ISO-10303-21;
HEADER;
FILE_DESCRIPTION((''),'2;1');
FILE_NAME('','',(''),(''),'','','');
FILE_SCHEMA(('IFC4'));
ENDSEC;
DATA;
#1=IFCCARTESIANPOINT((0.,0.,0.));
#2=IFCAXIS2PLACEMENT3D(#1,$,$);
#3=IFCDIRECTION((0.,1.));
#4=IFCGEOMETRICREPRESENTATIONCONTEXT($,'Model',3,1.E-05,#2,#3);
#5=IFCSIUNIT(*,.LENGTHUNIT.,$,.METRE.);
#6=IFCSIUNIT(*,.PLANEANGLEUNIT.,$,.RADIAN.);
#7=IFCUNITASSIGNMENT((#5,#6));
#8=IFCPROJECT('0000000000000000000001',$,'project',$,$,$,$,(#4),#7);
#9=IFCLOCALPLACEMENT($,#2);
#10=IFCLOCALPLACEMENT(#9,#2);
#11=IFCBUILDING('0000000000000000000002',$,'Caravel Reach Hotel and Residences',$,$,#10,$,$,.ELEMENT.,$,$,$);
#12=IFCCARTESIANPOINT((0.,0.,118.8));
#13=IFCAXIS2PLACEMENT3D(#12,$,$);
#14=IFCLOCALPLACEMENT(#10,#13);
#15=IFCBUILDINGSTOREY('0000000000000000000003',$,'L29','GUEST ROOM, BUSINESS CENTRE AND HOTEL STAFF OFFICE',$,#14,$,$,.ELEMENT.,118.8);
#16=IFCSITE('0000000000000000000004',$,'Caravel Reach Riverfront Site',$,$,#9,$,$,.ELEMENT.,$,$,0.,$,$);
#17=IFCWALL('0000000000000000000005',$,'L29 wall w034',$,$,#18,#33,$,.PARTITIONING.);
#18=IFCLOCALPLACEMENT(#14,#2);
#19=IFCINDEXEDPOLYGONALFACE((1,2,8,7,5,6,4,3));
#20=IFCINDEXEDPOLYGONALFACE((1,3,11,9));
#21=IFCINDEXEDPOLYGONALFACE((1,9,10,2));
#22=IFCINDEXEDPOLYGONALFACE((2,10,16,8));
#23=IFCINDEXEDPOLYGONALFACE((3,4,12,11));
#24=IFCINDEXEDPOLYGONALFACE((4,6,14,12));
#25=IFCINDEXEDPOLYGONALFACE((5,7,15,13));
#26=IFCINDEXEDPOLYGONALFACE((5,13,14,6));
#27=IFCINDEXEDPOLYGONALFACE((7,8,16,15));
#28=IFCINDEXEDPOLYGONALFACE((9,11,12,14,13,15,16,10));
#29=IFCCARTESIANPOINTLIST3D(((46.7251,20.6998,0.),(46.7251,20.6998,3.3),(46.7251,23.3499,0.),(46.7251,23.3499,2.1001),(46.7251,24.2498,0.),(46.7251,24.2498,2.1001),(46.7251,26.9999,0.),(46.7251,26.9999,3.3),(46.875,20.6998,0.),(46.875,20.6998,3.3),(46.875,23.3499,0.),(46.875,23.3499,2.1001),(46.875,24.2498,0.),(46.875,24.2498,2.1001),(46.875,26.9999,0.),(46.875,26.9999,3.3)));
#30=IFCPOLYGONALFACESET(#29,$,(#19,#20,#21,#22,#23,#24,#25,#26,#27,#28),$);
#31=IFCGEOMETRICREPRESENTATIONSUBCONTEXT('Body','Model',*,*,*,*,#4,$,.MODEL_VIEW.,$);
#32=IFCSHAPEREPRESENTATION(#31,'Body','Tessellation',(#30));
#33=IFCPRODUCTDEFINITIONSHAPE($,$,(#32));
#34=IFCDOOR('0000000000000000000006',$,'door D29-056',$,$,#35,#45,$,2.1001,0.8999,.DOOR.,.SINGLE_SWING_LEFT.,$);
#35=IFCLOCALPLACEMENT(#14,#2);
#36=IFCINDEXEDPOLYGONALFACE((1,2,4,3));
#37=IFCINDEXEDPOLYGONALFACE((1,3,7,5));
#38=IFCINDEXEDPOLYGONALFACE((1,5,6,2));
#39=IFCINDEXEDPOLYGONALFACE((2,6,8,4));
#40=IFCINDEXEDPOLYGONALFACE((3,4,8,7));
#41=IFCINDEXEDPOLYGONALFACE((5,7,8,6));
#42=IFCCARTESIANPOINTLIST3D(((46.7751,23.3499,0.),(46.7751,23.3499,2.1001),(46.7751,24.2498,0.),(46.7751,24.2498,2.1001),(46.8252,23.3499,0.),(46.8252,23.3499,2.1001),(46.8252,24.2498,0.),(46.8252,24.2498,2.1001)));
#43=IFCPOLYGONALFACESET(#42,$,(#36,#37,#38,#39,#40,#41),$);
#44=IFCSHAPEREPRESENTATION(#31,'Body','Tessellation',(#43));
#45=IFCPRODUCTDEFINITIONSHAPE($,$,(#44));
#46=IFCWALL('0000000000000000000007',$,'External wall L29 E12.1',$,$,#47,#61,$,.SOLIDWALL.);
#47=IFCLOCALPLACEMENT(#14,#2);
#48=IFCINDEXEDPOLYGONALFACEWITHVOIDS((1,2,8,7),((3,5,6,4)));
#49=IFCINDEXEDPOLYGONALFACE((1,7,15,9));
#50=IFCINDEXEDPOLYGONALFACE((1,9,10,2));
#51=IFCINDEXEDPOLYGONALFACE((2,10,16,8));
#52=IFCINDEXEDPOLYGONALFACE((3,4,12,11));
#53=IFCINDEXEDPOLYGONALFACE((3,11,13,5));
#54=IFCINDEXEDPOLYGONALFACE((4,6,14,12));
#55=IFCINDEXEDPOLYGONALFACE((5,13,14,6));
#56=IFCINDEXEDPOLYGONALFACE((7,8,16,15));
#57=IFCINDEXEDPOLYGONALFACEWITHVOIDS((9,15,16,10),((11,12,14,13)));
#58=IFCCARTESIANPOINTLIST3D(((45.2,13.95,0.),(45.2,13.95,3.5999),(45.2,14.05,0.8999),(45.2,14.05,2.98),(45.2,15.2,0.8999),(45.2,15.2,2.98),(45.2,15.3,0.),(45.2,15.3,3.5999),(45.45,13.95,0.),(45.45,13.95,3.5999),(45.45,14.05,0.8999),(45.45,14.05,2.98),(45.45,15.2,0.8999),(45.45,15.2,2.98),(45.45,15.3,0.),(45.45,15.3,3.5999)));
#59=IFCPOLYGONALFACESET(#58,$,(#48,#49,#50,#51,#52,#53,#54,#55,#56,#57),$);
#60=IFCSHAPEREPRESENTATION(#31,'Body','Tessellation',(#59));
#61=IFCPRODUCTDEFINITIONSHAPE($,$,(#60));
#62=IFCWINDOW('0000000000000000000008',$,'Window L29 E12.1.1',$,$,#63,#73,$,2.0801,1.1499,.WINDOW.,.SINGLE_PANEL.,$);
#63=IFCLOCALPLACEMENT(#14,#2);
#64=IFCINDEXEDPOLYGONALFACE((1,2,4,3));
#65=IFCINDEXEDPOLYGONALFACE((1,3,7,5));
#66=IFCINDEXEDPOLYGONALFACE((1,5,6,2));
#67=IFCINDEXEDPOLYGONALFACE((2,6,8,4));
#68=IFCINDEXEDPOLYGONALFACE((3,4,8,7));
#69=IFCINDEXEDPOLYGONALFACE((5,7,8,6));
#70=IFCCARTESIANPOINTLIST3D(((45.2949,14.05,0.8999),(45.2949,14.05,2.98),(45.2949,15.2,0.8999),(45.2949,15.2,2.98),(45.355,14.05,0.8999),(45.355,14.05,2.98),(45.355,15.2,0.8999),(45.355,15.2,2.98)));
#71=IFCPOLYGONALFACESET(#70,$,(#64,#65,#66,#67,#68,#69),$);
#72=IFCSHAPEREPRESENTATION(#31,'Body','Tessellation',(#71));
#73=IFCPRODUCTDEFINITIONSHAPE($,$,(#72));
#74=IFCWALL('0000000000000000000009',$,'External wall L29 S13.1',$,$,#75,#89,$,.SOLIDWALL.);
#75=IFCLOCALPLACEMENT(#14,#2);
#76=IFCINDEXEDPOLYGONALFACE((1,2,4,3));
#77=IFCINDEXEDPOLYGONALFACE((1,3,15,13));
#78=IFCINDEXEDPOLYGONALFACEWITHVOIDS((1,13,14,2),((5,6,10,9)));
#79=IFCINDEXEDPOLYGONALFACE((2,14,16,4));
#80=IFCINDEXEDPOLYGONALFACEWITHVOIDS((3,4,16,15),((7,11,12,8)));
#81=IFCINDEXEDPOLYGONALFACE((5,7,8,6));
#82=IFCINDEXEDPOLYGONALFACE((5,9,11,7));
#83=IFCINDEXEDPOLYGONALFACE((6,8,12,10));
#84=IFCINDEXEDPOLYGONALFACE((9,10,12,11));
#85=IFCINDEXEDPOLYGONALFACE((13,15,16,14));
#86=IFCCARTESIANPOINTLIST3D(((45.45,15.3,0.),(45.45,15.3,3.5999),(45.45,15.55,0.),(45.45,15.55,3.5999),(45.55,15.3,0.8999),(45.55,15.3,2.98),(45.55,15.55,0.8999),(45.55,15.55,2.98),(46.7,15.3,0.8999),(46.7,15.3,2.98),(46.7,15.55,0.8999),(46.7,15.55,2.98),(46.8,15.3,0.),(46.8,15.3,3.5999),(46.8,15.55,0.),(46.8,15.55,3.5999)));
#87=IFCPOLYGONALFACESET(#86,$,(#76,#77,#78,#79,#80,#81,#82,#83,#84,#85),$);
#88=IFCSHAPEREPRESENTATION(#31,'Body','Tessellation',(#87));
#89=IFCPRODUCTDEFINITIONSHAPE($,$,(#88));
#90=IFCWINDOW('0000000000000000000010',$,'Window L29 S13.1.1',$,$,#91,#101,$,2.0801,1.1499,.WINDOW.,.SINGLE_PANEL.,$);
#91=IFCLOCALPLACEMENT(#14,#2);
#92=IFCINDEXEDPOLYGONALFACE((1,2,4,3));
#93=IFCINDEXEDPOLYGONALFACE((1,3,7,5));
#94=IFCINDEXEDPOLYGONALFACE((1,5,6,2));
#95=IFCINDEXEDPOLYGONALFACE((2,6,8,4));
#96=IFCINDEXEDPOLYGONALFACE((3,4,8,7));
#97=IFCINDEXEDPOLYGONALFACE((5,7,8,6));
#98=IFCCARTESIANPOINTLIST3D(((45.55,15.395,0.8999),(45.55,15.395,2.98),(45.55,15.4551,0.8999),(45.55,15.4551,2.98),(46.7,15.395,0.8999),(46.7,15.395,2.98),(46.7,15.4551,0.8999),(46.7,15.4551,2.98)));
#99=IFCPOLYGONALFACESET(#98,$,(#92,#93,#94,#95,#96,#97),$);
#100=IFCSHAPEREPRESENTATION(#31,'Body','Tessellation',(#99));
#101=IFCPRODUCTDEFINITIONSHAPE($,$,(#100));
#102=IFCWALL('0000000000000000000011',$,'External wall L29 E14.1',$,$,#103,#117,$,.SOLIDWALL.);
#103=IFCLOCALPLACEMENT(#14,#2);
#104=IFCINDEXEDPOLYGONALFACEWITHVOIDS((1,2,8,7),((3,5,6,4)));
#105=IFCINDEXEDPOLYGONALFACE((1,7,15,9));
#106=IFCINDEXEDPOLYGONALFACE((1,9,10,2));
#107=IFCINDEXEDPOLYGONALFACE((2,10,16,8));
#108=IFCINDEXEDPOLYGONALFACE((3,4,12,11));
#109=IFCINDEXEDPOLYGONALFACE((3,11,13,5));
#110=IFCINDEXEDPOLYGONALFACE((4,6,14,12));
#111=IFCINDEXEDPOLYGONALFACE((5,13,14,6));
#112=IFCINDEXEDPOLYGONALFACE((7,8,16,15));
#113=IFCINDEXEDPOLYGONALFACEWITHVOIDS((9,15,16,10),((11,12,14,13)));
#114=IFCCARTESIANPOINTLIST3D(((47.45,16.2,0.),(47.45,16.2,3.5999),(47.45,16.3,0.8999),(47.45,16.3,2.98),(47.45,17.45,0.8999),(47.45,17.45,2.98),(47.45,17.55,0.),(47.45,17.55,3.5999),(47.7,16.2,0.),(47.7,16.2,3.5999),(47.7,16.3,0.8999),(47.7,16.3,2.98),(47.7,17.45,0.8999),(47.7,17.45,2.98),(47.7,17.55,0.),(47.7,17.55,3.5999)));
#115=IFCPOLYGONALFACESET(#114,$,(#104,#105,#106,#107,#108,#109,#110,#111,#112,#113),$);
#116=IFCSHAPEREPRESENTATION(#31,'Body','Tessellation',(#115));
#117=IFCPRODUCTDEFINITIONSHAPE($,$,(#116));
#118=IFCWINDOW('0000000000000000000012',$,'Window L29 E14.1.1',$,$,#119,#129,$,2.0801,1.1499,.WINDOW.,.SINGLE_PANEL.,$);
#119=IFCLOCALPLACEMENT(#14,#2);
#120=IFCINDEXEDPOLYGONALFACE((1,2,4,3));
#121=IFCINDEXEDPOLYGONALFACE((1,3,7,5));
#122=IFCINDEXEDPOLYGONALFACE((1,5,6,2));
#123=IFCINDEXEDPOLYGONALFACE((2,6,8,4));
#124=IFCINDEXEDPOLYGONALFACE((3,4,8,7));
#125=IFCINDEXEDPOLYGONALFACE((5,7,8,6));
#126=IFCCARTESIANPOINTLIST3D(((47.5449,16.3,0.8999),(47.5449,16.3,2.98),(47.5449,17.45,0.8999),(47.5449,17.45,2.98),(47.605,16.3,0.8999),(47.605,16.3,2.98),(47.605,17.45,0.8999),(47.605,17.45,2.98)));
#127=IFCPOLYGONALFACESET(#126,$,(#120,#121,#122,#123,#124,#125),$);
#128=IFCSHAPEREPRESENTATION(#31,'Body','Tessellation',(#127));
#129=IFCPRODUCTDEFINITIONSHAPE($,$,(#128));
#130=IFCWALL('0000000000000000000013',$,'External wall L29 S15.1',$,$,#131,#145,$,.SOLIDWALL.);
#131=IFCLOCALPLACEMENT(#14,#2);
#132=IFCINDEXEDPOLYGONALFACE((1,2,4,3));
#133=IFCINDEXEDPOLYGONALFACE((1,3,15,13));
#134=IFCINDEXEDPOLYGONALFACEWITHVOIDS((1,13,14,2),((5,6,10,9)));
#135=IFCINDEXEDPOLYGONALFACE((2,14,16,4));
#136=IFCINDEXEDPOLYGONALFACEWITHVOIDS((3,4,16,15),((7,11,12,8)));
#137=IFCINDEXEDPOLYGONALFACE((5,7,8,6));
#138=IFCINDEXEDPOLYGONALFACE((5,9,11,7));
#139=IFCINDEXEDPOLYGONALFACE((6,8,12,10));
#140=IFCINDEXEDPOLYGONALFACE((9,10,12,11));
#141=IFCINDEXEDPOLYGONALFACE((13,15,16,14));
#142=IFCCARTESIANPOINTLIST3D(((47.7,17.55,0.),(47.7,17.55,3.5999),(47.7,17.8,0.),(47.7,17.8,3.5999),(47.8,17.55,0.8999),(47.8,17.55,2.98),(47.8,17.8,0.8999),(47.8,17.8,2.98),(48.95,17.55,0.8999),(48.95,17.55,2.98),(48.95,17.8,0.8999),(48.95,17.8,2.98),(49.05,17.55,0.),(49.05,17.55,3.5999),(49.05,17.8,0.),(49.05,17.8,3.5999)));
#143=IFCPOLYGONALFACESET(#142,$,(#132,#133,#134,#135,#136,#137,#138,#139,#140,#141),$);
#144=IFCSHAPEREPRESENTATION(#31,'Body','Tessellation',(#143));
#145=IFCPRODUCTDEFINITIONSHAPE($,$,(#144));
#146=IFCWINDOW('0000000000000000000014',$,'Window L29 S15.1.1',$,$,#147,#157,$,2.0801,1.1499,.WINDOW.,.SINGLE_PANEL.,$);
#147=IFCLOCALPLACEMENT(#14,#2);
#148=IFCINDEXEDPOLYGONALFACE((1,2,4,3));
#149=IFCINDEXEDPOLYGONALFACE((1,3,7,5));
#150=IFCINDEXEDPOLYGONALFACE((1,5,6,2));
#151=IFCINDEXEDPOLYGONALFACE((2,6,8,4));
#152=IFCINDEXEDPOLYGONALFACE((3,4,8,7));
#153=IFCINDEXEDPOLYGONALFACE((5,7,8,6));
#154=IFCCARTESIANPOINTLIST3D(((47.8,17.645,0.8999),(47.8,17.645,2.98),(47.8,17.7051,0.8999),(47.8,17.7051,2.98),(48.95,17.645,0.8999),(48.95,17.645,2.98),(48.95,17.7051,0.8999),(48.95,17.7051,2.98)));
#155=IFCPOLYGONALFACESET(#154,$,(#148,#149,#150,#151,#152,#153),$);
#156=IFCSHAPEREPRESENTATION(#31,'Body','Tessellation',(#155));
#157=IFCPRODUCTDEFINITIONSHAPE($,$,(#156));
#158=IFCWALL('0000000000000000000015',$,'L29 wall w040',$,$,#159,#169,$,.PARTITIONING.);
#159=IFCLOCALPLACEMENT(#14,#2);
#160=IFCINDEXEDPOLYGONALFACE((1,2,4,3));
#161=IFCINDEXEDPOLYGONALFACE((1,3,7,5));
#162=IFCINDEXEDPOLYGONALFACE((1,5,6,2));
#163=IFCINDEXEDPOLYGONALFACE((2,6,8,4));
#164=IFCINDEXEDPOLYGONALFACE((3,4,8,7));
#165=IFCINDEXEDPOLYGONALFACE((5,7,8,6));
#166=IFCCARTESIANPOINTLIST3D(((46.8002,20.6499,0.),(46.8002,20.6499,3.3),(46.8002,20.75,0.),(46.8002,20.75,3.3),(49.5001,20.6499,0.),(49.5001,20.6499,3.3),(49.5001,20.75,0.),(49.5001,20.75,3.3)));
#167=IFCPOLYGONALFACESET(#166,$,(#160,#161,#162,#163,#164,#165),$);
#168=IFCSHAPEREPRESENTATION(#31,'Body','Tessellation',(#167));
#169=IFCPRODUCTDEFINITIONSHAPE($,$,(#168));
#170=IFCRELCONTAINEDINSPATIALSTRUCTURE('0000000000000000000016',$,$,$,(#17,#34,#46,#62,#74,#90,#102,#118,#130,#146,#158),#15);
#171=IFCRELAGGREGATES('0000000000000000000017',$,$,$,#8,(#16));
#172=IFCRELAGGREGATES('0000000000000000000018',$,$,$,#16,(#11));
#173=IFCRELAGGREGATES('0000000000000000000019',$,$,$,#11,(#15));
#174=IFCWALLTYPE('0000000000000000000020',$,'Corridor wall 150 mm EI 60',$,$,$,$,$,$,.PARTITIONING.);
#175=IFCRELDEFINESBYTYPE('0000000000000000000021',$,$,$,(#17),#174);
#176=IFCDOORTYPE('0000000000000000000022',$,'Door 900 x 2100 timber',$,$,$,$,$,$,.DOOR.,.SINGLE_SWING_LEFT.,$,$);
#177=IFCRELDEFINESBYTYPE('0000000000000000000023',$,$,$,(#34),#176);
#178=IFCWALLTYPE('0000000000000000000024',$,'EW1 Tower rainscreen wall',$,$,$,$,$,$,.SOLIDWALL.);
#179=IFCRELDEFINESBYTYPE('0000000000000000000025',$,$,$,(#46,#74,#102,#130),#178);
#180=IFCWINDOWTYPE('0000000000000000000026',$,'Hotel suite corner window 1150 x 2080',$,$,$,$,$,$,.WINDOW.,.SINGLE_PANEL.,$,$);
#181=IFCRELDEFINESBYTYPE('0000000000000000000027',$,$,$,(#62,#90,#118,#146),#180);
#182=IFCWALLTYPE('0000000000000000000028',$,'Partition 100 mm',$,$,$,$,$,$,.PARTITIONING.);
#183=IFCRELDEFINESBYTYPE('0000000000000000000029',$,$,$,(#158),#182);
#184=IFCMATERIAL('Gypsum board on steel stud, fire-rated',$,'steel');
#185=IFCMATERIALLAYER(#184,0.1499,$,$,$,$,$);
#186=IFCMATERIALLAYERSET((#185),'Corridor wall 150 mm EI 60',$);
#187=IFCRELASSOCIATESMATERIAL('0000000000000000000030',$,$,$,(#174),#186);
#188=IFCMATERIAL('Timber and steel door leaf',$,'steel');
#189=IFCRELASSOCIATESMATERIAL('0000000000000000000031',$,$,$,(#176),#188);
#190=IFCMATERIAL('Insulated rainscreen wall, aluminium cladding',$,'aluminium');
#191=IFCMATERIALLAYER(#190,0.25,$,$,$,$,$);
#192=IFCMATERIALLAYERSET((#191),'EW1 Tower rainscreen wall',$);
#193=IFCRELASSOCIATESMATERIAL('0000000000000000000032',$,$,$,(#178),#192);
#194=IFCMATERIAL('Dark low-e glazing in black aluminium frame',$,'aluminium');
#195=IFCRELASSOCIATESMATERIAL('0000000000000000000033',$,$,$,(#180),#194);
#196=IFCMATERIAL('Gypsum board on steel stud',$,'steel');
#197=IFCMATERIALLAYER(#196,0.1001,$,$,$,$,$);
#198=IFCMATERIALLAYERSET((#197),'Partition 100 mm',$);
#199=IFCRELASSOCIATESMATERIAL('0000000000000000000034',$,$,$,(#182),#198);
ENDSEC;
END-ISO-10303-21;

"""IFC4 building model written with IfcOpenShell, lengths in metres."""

from ifc_helpers import new_model, si_unit, direction, frame, frame_2d, origin, place, context, subcontext, project, spatial, rectangle, extrude, material, layer, layer_set, type_object, element, fill, save


model = new_model("IFC4")

# Units and contexts
model_context = context("Model", 3, precision=1e-05, world=origin(), true_north=direction((0.0, 1.0)))
body_context = subcontext(model_context, "Body", "Model", "MODEL_VIEW")
ifc_project = project(units=[si_unit("LENGTHUNIT", "METRE"), si_unit("PLANEANGLEUNIT", "RADIAN")], contexts=[model_context])

# Site, building, storey
site_placement = place(None, origin())
site = spatial("IfcSite", under=ifc_project, at=site_placement, Name="Caravel Reach Riverfront Site", CompositionType="ELEMENT", RefElevation=0.0)
building_placement = place(site_placement, origin())
building = spatial("IfcBuilding", under=site, at=building_placement, Name="Caravel Reach Hotel and Residences", CompositionType="ELEMENT")
storey_placement = place(building_placement, frame((0.0, 0.0, 118.8)))
storey = spatial("IfcBuildingStorey", under=building, at=storey_placement, Name="L29", Description="GUEST ROOM, BUSINESS CENTRE AND HOTEL STAFF OFFICE", CompositionType="ELEMENT", Elevation=118.8)

# Wall, opening, door
ifc_material_1 = material(Name="Gypsum board on steel stud, fire-rated", Category="steel")
ifc_layer_1 = layer(ifc_material_1, 0.1499)
ifc_layer_set_1 = layer_set([ifc_layer_1], Name="Corridor wall 150 mm EI 60")
wall_type_1 = type_object("IfcWallType", Name="Corridor wall 150 mm EI 60", PredefinedType="PARTITIONING", material=ifc_layer_set_1)
wall_1_placement = place(storey_placement, frame((46.8, 20.7, 0.0), z_axis=(0.0, 0.0, 1.0), x_axis=(0.0, 1.0, 0.0)))
wall_1 = element("IfcWall", 1, at=wall_1_placement, inside=storey, type_object=wall_type_1, Name="L29 wall w034", PredefinedType="PARTITIONING", context=body_context, shape_type="SweptSolid", body=[
    extrude(rectangle(XDim=6.3, YDim=0.1499, at=frame_2d((3.1499, 0.0))), origin(), (0.0, 0.0, 1.0), 3.3),
])
opening_1_placement = place(wall_1_placement, frame((2.6499, 0.0, 0.0)))
opening_1 = element("IfcOpeningElement", 2, at=opening_1_placement, cuts=wall_1, PredefinedType="OPENING", context=body_context, shape_type="SweptSolid", body=[
    extrude(rectangle(XDim=0.8999, YDim=2.1001, at=frame_2d((0.45, 1.05))), frame((0.0, 0.085, 0.0), z_axis=(0.0, -1.0, 0.0), x_axis=(1.0, 0.0, 0.0)), (0.0, 0.0, 1.0), 0.1699),
])
ifc_material_2 = material(Name="Timber and steel door leaf", Category="steel")
door_type_1 = type_object("IfcDoorType", Name="Door 900 x 2100 timber", OperationType="SINGLE_SWING_LEFT", PredefinedType="DOOR", material=ifc_material_2)
door_1_placement = place(opening_1_placement, origin())
door_1 = element("IfcDoor", 3, at=door_1_placement, inside=storey, type_object=door_type_1, Name="door D29-056", OperationType="SINGLE_SWING_LEFT", OverallHeight=2.1001, OverallWidth=0.8999, PredefinedType="DOOR", context=body_context, shape_type="SweptSolid", body=[
    extrude(rectangle(XDim=0.8999, YDim=2.1001, at=frame_2d((0.45, 1.05))), frame((0.0, 0.0249, 0.0), z_axis=(0.0, -1.0, 0.0), x_axis=(1.0, 0.0, 0.0)), (0.0, 0.0, 1.0), 0.05),
])
fill(opening_1, door_1)

# Walls, openings, windows
ifc_material_3 = material(Name="Insulated rainscreen wall, aluminium cladding", Category="aluminium")
ifc_layer_2 = layer(ifc_material_3, 0.25)
ifc_layer_set_2 = layer_set([ifc_layer_2], Name="EW1 Tower rainscreen wall")
wall_type_2 = type_object("IfcWallType", Name="EW1 Tower rainscreen wall", PredefinedType="SOLIDWALL", material=ifc_layer_set_2)
wall_2_placement = place(storey_placement, frame((45.325, 13.95, 0.0), z_axis=(0.0, 0.0, 1.0), x_axis=(0.0, 1.0, 0.0)))
wall_2 = element("IfcWall", 4, at=wall_2_placement, inside=storey, type_object=wall_type_2, Name="External wall L29 E12.1", PredefinedType="SOLIDWALL", context=body_context, shape_type="SweptSolid", body=[
    extrude(rectangle(XDim=1.3501, YDim=0.25, at=frame_2d((0.675, 0.0))), origin(), (0.0, 0.0, 1.0), 3.5999),
])
opening_2_placement = place(wall_2_placement, frame((0.1001, 0.0, 0.8999)))
opening_2 = element("IfcOpeningElement", 5, at=opening_2_placement, cuts=wall_2, PredefinedType="OPENING", context=body_context, shape_type="SweptSolid", body=[
    extrude(rectangle(XDim=1.1499, YDim=2.0801, at=frame_2d((0.575, 1.04))), frame((0.0, 0.135, 0.0), z_axis=(0.0, -1.0, 0.0), x_axis=(1.0, 0.0, 0.0)), (0.0, 0.0, 1.0), 0.27),
])
ifc_material_4 = material(Name="Dark low-e glazing in black aluminium frame", Category="aluminium")
window_type = type_object("IfcWindowType", Name="Hotel suite corner window 1150 x 2080", PartitioningType="SINGLE_PANEL", PredefinedType="WINDOW", material=ifc_material_4)
window_1_placement = place(opening_2_placement, origin())
window_1 = element("IfcWindow", 6, at=window_1_placement, inside=storey, type_object=window_type, Name="Window L29 E12.1.1", OverallHeight=2.0801, OverallWidth=1.1499, PartitioningType="SINGLE_PANEL", PredefinedType="WINDOW", context=body_context, shape_type="SweptSolid", body=[
    extrude(rectangle(XDim=1.1499, YDim=2.0801, at=frame_2d((0.575, 1.04))), frame((0.0, 0.03, 0.0), z_axis=(0.0, -1.0, 0.0), x_axis=(1.0, 0.0, 0.0)), (0.0, 0.0, 1.0), 0.0601),
])
fill(opening_2, window_1)
wall_3_placement = place(storey_placement, frame((45.45, 15.425, 0.0), z_axis=(0.0, 0.0, 1.0), x_axis=(1.0, 0.0, 0.0)))
wall_3 = element("IfcWall", 7, at=wall_3_placement, inside=storey, type_object=wall_type_2, Name="External wall L29 S13.1", PredefinedType="SOLIDWALL", context=body_context, shape_type="SweptSolid", body=[
    extrude(rectangle(XDim=1.3501, YDim=0.25, at=frame_2d((0.675, 0.0))), origin(), (0.0, 0.0, 1.0), 3.5999),
])
opening_3_placement = place(wall_3_placement, frame((0.1001, 0.0, 0.8999)))
opening_3 = element("IfcOpeningElement", 8, at=opening_3_placement, cuts=wall_3, PredefinedType="OPENING", context=body_context, shape_type="SweptSolid", body=[
    extrude(rectangle(XDim=1.1499, YDim=2.0801, at=frame_2d((0.575, 1.04))), frame((0.0, 0.135, 0.0), z_axis=(0.0, -1.0, 0.0), x_axis=(1.0, 0.0, 0.0)), (0.0, 0.0, 1.0), 0.27),
])
window_2_placement = place(opening_3_placement, origin())
window_2 = element("IfcWindow", 9, at=window_2_placement, inside=storey, type_object=window_type, Name="Window L29 S13.1.1", OverallHeight=2.0801, OverallWidth=1.1499, PartitioningType="SINGLE_PANEL", PredefinedType="WINDOW", context=body_context, shape_type="SweptSolid", body=[
    extrude(rectangle(XDim=1.1499, YDim=2.0801, at=frame_2d((0.575, 1.04))), frame((0.0, 0.03, 0.0), z_axis=(0.0, -1.0, 0.0), x_axis=(1.0, 0.0, 0.0)), (0.0, 0.0, 1.0), 0.0601),
])
fill(opening_3, window_2)
wall_4_placement = place(storey_placement, frame((47.575, 16.2, 0.0), z_axis=(0.0, 0.0, 1.0), x_axis=(0.0, 1.0, 0.0)))
wall_4 = element("IfcWall", 10, at=wall_4_placement, inside=storey, type_object=wall_type_2, Name="External wall L29 E14.1", PredefinedType="SOLIDWALL", context=body_context, shape_type="SweptSolid", body=[
    extrude(rectangle(XDim=1.3501, YDim=0.25, at=frame_2d((0.675, 0.0))), origin(), (0.0, 0.0, 1.0), 3.5999),
])
opening_4_placement = place(wall_4_placement, frame((0.1001, 0.0, 0.8999)))
opening_4 = element("IfcOpeningElement", 11, at=opening_4_placement, cuts=wall_4, PredefinedType="OPENING", context=body_context, shape_type="SweptSolid", body=[
    extrude(rectangle(XDim=1.1499, YDim=2.0801, at=frame_2d((0.575, 1.04))), frame((0.0, 0.135, 0.0), z_axis=(0.0, -1.0, 0.0), x_axis=(1.0, 0.0, 0.0)), (0.0, 0.0, 1.0), 0.27),
])
window_3_placement = place(opening_4_placement, origin())
window_3 = element("IfcWindow", 12, at=window_3_placement, inside=storey, type_object=window_type, Name="Window L29 E14.1.1", OverallHeight=2.0801, OverallWidth=1.1499, PartitioningType="SINGLE_PANEL", PredefinedType="WINDOW", context=body_context, shape_type="SweptSolid", body=[
    extrude(rectangle(XDim=1.1499, YDim=2.0801, at=frame_2d((0.575, 1.04))), frame((0.0, 0.03, 0.0), z_axis=(0.0, -1.0, 0.0), x_axis=(1.0, 0.0, 0.0)), (0.0, 0.0, 1.0), 0.0601),
])
fill(opening_4, window_3)
wall_5_placement = place(storey_placement, frame((47.7, 17.675, 0.0), z_axis=(0.0, 0.0, 1.0), x_axis=(1.0, 0.0, 0.0)))
wall_5 = element("IfcWall", 13, at=wall_5_placement, inside=storey, type_object=wall_type_2, Name="External wall L29 S15.1", PredefinedType="SOLIDWALL", context=body_context, shape_type="SweptSolid", body=[
    extrude(rectangle(XDim=1.3501, YDim=0.25, at=frame_2d((0.675, 0.0))), origin(), (0.0, 0.0, 1.0), 3.5999),
])
opening_5_placement = place(wall_5_placement, frame((0.1001, 0.0, 0.8999)))
opening_5 = element("IfcOpeningElement", 14, at=opening_5_placement, cuts=wall_5, PredefinedType="OPENING", context=body_context, shape_type="SweptSolid", body=[
    extrude(rectangle(XDim=1.1499, YDim=2.0801, at=frame_2d((0.575, 1.04))), frame((0.0, 0.135, 0.0), z_axis=(0.0, -1.0, 0.0), x_axis=(1.0, 0.0, 0.0)), (0.0, 0.0, 1.0), 0.27),
])
window_4_placement = place(opening_5_placement, origin())
window_4 = element("IfcWindow", 15, at=window_4_placement, inside=storey, type_object=window_type, Name="Window L29 S15.1.1", OverallHeight=2.0801, OverallWidth=1.1499, PartitioningType="SINGLE_PANEL", PredefinedType="WINDOW", context=body_context, shape_type="SweptSolid", body=[
    extrude(rectangle(XDim=1.1499, YDim=2.0801, at=frame_2d((0.575, 1.04))), frame((0.0, 0.03, 0.0), z_axis=(0.0, -1.0, 0.0), x_axis=(1.0, 0.0, 0.0)), (0.0, 0.0, 1.0), 0.0601),
])
fill(opening_5, window_4)

# Wall
ifc_material_5 = material(Name="Gypsum board on steel stud", Category="steel")
ifc_layer_3 = layer(ifc_material_5, 0.1001)
ifc_layer_set_3 = layer_set([ifc_layer_3], Name="Partition 100 mm")
wall_type_3 = type_object("IfcWallType", Name="Partition 100 mm", PredefinedType="PARTITIONING", material=ifc_layer_set_3)
wall_6_placement = place(storey_placement, frame((46.8, 20.7, 0.0), z_axis=(0.0, 0.0, 1.0), x_axis=(1.0, 0.0, 0.0)))
element("IfcWall", 16, at=wall_6_placement, inside=storey, type_object=wall_type_3, Name="L29 wall w040", PredefinedType="PARTITIONING", context=body_context, shape_type="SweptSolid", body=[
    extrude(rectangle(XDim=2.7, YDim=0.1001, at=frame_2d((1.3501, 0.0))), origin(), (0.0, 0.0, 1.0), 3.3),
])

save(model, "model.ifc")
